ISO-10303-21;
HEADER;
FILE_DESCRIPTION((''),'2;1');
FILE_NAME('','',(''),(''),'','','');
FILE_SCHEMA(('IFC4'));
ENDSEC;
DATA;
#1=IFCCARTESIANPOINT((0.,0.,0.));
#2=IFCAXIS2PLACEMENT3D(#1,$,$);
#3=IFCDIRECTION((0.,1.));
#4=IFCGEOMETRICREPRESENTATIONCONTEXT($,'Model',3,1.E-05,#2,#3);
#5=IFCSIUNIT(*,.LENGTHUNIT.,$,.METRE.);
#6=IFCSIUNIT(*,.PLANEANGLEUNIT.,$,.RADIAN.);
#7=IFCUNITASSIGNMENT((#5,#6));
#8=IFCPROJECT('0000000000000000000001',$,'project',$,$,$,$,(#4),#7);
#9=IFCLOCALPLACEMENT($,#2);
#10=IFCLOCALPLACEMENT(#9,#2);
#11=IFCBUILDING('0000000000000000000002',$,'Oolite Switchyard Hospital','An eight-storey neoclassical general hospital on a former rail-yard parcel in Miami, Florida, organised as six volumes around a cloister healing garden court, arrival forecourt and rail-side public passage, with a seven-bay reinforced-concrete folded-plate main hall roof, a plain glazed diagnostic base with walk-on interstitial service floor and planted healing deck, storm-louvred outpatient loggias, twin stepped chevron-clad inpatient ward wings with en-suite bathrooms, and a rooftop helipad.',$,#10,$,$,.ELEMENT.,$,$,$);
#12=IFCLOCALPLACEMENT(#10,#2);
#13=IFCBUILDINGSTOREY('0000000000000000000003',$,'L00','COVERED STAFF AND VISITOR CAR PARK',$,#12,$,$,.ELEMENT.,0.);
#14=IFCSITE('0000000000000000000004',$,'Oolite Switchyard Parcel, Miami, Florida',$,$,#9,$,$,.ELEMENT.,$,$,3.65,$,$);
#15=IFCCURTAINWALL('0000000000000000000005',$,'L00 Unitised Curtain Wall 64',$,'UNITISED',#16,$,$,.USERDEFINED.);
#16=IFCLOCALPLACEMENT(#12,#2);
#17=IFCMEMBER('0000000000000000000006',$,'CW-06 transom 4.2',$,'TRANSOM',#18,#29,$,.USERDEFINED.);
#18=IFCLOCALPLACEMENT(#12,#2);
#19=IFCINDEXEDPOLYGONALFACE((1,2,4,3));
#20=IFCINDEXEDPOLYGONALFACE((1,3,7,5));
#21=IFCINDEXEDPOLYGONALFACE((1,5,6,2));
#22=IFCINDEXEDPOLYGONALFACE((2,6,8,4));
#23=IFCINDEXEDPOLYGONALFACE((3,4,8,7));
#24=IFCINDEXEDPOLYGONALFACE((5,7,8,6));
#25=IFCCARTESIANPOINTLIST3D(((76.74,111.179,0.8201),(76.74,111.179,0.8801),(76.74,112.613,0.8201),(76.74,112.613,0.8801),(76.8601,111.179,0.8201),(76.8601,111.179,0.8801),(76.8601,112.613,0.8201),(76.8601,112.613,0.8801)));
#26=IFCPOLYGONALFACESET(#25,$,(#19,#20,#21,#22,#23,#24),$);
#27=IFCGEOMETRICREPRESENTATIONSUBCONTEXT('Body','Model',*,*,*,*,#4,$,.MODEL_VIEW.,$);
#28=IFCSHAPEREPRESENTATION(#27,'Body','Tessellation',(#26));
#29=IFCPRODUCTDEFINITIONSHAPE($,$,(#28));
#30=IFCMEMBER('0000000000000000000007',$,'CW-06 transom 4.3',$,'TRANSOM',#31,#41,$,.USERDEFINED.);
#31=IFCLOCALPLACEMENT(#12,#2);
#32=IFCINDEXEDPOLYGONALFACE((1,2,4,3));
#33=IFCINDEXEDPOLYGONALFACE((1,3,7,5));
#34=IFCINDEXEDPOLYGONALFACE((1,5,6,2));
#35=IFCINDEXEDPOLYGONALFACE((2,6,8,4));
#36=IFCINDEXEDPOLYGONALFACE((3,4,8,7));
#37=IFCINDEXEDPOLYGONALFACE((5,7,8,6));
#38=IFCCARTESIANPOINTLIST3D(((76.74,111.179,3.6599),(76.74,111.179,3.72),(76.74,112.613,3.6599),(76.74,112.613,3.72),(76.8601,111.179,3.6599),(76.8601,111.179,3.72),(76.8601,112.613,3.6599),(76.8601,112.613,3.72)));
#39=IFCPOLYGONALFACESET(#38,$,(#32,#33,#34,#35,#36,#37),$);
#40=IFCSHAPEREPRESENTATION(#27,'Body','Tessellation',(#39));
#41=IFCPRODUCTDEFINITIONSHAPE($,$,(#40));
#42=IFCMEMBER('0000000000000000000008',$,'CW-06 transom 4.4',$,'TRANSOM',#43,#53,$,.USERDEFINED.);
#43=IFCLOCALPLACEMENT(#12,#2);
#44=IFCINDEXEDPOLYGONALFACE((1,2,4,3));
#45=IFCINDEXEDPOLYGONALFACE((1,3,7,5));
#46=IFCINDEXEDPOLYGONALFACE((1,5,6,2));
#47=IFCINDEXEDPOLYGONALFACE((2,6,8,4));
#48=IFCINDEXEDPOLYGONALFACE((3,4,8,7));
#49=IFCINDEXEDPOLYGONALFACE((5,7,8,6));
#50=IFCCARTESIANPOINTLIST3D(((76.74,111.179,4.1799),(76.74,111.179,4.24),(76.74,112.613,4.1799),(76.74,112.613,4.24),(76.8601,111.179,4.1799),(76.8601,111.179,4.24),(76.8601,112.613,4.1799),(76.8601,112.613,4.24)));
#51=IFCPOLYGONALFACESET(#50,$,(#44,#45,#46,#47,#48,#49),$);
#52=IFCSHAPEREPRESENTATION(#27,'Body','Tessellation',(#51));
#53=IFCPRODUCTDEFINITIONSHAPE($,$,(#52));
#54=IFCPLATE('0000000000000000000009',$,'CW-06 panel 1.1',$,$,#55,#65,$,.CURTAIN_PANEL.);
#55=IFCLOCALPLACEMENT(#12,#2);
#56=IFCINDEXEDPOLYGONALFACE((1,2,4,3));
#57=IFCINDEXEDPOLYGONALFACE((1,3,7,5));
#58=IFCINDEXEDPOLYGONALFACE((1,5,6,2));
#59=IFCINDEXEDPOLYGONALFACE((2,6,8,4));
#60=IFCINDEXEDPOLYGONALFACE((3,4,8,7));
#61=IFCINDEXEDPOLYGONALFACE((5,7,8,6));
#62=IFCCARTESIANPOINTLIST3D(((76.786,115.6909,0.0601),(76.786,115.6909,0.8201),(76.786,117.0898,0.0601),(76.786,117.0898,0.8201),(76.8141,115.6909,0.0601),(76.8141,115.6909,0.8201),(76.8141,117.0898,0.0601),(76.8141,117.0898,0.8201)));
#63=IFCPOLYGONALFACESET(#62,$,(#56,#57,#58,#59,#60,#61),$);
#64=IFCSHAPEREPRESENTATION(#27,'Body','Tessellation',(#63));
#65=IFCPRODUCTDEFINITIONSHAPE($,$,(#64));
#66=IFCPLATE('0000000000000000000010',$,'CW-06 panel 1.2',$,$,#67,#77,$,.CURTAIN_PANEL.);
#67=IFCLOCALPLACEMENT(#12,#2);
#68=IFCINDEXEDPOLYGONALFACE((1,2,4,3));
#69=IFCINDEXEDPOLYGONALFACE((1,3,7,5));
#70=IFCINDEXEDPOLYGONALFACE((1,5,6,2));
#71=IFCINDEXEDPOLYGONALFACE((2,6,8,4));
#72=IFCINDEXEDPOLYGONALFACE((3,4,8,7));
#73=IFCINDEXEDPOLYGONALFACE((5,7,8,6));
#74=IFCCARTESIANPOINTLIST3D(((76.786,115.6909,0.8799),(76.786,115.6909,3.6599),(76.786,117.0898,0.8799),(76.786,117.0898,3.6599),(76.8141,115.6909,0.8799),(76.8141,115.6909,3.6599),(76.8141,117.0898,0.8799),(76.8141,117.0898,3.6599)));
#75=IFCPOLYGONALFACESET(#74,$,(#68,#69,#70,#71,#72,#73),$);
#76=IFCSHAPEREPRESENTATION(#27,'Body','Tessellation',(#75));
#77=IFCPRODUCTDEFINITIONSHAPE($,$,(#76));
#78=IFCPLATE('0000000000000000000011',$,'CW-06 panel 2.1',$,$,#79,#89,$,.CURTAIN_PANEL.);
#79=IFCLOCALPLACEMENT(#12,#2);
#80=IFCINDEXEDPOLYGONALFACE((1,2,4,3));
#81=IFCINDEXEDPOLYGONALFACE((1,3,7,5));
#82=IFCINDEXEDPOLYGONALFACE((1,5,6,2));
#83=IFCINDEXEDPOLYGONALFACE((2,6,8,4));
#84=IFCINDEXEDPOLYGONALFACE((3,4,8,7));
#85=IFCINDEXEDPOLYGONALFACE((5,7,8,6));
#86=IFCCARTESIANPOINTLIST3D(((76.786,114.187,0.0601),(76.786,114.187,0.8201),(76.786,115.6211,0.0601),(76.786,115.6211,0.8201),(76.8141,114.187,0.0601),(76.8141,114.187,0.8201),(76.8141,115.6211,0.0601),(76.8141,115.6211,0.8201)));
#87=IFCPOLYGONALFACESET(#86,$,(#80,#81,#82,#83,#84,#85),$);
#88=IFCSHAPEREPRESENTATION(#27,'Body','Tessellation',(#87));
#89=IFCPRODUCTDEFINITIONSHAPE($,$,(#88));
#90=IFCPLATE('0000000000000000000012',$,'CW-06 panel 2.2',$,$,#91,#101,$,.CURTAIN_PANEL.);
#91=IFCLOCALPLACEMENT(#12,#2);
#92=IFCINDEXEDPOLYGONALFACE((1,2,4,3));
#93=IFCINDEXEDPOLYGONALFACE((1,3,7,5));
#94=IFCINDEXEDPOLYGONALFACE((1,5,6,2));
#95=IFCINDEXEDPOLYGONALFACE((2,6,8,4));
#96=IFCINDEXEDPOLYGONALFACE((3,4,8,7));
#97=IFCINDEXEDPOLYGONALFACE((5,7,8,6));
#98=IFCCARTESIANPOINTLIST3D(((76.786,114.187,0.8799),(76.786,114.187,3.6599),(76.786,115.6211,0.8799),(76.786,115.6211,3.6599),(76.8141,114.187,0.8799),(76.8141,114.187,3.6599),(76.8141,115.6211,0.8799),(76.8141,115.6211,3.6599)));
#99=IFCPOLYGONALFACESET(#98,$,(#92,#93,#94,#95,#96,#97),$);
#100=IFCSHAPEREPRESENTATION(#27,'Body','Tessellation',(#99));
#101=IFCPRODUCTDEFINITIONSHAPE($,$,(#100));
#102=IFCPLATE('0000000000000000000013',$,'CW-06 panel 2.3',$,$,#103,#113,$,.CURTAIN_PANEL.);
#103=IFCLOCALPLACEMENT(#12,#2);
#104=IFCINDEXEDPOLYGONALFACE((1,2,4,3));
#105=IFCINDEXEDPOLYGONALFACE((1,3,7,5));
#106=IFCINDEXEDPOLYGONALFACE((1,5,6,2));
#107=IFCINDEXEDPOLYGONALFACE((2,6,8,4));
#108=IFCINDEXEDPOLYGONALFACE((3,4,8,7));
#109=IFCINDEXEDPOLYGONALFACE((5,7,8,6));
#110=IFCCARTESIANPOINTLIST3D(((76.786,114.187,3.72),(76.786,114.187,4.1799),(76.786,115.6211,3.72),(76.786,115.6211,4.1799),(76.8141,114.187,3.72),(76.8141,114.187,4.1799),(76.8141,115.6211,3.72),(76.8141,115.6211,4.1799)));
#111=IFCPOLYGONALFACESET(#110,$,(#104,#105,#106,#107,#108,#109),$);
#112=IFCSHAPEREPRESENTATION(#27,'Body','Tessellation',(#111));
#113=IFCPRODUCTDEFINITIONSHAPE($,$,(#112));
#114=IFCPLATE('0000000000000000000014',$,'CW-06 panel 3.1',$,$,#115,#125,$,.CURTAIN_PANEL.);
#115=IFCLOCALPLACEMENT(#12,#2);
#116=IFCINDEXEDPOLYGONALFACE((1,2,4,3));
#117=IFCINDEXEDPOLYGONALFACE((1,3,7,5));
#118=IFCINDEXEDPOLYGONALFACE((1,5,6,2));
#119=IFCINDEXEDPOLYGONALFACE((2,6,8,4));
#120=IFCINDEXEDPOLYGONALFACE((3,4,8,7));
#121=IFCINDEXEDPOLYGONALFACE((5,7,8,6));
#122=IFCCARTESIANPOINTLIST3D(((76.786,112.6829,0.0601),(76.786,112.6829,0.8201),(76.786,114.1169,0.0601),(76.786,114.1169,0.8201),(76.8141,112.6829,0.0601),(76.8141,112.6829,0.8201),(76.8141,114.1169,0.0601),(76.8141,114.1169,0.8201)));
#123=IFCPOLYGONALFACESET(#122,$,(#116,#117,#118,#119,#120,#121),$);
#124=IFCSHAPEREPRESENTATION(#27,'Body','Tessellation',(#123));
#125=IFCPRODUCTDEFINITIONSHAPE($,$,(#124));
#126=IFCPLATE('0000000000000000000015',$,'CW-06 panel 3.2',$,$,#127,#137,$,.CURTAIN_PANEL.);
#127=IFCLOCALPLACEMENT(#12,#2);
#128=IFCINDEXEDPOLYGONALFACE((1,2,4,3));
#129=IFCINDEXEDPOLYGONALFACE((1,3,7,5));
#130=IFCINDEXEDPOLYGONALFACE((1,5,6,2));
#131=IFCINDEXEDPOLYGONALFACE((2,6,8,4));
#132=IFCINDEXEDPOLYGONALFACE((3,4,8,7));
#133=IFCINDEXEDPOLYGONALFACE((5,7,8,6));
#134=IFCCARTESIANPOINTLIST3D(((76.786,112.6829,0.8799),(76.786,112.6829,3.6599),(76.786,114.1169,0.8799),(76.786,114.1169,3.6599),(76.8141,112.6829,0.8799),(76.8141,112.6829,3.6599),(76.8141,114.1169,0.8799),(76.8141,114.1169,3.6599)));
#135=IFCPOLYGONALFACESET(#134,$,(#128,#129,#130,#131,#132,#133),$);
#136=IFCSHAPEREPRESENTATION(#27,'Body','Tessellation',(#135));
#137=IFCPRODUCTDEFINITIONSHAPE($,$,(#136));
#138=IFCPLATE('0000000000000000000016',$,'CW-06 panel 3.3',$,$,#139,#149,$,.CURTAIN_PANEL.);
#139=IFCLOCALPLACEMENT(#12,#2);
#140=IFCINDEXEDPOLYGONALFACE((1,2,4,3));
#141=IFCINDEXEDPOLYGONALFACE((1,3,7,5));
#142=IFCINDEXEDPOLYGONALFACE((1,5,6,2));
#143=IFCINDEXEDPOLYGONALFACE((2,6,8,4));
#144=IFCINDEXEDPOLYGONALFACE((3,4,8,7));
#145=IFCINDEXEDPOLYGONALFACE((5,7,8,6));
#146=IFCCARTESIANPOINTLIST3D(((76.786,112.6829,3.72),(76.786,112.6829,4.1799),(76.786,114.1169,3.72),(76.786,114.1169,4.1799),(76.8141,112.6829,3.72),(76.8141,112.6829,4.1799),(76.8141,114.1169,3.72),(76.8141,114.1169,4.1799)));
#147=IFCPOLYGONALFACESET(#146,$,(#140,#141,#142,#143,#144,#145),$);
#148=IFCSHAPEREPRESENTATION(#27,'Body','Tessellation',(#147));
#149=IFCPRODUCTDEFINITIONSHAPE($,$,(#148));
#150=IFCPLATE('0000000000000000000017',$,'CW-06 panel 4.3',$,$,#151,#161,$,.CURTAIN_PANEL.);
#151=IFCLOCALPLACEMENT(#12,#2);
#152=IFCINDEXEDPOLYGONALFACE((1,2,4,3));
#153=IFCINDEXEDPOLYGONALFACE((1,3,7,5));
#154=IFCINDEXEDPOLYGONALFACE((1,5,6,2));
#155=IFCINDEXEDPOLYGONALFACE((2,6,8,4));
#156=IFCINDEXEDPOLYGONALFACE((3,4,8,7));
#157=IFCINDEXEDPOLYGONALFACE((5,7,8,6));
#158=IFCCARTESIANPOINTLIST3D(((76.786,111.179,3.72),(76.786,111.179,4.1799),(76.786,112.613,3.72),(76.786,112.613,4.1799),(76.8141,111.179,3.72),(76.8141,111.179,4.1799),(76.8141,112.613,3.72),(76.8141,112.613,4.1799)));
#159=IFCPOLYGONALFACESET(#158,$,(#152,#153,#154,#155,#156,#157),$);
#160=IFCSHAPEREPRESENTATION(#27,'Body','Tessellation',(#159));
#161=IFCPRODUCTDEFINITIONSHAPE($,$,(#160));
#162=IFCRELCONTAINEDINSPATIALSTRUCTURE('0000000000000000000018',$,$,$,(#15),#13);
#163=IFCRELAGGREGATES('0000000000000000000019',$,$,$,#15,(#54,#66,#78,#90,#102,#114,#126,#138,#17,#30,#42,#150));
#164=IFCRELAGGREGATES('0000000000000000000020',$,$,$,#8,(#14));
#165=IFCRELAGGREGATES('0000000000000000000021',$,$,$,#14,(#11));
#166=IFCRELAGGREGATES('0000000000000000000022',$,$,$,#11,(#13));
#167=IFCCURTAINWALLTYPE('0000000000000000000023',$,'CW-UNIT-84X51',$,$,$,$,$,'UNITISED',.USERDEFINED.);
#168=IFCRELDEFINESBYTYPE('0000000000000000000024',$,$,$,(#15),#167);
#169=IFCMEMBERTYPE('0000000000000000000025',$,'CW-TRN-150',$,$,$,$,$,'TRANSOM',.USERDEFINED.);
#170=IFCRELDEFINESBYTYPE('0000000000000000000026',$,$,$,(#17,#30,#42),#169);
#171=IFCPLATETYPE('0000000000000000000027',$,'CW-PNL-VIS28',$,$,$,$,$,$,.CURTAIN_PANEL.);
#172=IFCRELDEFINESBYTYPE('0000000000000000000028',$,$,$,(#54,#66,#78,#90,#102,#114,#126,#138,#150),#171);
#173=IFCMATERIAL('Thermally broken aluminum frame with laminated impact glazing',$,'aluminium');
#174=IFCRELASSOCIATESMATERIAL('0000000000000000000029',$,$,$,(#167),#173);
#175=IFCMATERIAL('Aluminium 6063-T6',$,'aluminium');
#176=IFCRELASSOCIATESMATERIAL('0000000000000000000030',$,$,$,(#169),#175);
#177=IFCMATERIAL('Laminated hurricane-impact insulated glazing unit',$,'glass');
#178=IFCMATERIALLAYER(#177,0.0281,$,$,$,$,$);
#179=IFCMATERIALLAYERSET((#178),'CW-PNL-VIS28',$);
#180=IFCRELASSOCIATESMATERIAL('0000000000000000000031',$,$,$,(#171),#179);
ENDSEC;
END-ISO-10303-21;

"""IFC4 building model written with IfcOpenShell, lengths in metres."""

from ifc_helpers import new_model, si_unit, direction, frame, origin, origin_2d, place, context, subcontext, project, spatial, rectangle, extrude, material, layer, layer_set, material_profile, profile_set, type_object, element, aggregate, save


model = new_model("IFC4")

# Units and contexts
model_context = context("Model", 3, precision=1e-05, world=origin(), true_north=direction((0.0, 1.0)))
body_context = subcontext(model_context, "Body", "Model", "MODEL_VIEW")
ifc_project = project(units=[si_unit("LENGTHUNIT", "METRE"), si_unit("PLANEANGLEUNIT", "RADIAN")], contexts=[model_context])

# Site, building, storey
site_placement = place(None, origin())
site = spatial("IfcSite", under=ifc_project, at=site_placement, Name="Oolite Switchyard Parcel, Miami, Florida", CompositionType="ELEMENT", RefElevation=3.65)
building_placement = place(site_placement, origin())
building = spatial("IfcBuilding", under=site, at=building_placement, Name="Oolite Switchyard Hospital", Description="An eight-storey neoclassical general hospital on a former rail-yard parcel in Miami, Florida, organised as six volumes around a cloister healing garden court, arrival forecourt and rail-side public passage, with a seven-bay reinforced-concrete folded-plate main hall roof, a plain glazed diagnostic base with walk-on interstitial service floor and planted healing deck, storm-louvred outpatient loggias, twin stepped chevron-clad inpatient ward wings with en-suite bathrooms, and a rooftop helipad.", CompositionType="ELEMENT")
storey_placement = place(building_placement, origin())
storey = spatial("IfcBuildingStorey", under=building, at=storey_placement, Name="L00", Description="COVERED STAFF AND VISITOR CAR PARK", CompositionType="ELEMENT", Elevation=0.0)

# Curtain wall, members, plates
ifc_material_1 = material(Name="Thermally broken aluminum frame with laminated impact glazing", Category="aluminium")
curtain_wall_type = type_object("IfcCurtainWallType", Name="CW-UNIT-84X51", ElementType="UNITISED", PredefinedType="USERDEFINED", material=ifc_material_1)
curtain_wall_placement = place(storey_placement, origin())
curtain_wall = element("IfcCurtainWall", 1, at=curtain_wall_placement, inside=storey, type_object=curtain_wall_type, Name="L00 Unitised Curtain Wall 64", ObjectType="UNITISED", PredefinedType="USERDEFINED")
ifc_material_2 = material(Name="Aluminium 6063-T6", Category="aluminium")
ifc_material_profile_1 = material_profile(ifc_material_2, rectangle(XDim=0.1201, YDim=0.0601, at=origin_2d()), Name="CWT60X120")
ifc_profile_set_1 = profile_set([ifc_material_profile_1], Name="Aluminium 6063-T6")
member_type_1 = type_object("IfcMemberType", Name="CW-TRN-150", ElementType="TRANSOM", PredefinedType="USERDEFINED", material=ifc_profile_set_1)
member_1_placement = place(storey_placement, frame((76.8, 112.613, 0.8501), z_axis=(0.0, -1.0, 0.0), x_axis=(1.0, 0.0, 0.0)))
member_1 = element("IfcMember", 2, at=member_1_placement, type_object=member_type_1, Name="CW-06 transom 4.2", ObjectType="TRANSOM", PredefinedType="USERDEFINED", context=body_context, shape_type="SweptSolid", body=[
    extrude(rectangle(XDim=0.1201, YDim=0.0601, at=origin_2d()), origin(), (0.0, 0.0, 1.0), 1.4341),
])
member_2_placement = place(storey_placement, frame((76.8, 112.613, 3.6899), z_axis=(0.0, -1.0, 0.0), x_axis=(1.0, 0.0, 0.0)))
member_2 = element("IfcMember", 3, at=member_2_placement, type_object=member_type_1, Name="CW-06 transom 4.3", ObjectType="TRANSOM", PredefinedType="USERDEFINED", context=body_context, shape_type="SweptSolid", body=[
    extrude(rectangle(XDim=0.1201, YDim=0.0601, at=origin_2d()), origin(), (0.0, 0.0, 1.0), 1.4341),
])
member_3_placement = place(storey_placement, frame((76.8, 112.613, 4.21), z_axis=(0.0, -1.0, 0.0), x_axis=(1.0, 0.0, 0.0)))
member_3 = element("IfcMember", 4, at=member_3_placement, type_object=member_type_1, Name="CW-06 transom 4.4", ObjectType="TRANSOM", PredefinedType="USERDEFINED", context=body_context, shape_type="SweptSolid", body=[
    extrude(rectangle(XDim=0.1201, YDim=0.0601, at=origin_2d()), origin(), (0.0, 0.0, 1.0), 1.4341),
])
ifc_material_3 = material(Name="Laminated hurricane-impact insulated glazing unit", Category="glass")
ifc_layer = layer(ifc_material_3, 0.0281)
ifc_layer_set = layer_set([ifc_layer], Name="CW-PNL-VIS28")
plate_type = type_object("IfcPlateType", Name="CW-PNL-VIS28", PredefinedType="CURTAIN_PANEL", material=ifc_layer_set)
plate_1_placement = place(storey_placement, frame((76.8, 116.3904, 0.0601), z_axis=(0.0, 0.0, 1.0), x_axis=(0.0, -1.0, 0.0)))
plate_1 = element("IfcPlate", 5, at=plate_1_placement, type_object=plate_type, Name="CW-06 panel 1.1", PredefinedType="CURTAIN_PANEL", context=body_context, shape_type="SweptSolid", body=[
    extrude(rectangle(XDim=1.3989, YDim=0.0281, at=origin_2d()), origin(), (0.0, 0.0, 1.0), 0.76),
])
plate_2_placement = place(storey_placement, frame((76.8, 116.3904, 0.8799), z_axis=(0.0, 0.0, 1.0), x_axis=(0.0, -1.0, 0.0)))
plate_2 = element("IfcPlate", 6, at=plate_2_placement, type_object=plate_type, Name="CW-06 panel 1.2", PredefinedType="CURTAIN_PANEL", context=body_context, shape_type="SweptSolid", body=[
    extrude(rectangle(XDim=1.3989, YDim=0.0281, at=origin_2d()), origin(), (0.0, 0.0, 1.0), 2.78),
])
plate_3_placement = place(storey_placement, frame((76.8, 114.9041, 0.0601), z_axis=(0.0, 0.0, 1.0), x_axis=(0.0, -1.0, 0.0)))
plate_3 = element("IfcPlate", 7, at=plate_3_placement, type_object=plate_type, Name="CW-06 panel 2.1", PredefinedType="CURTAIN_PANEL", context=body_context, shape_type="SweptSolid", body=[
    extrude(rectangle(XDim=1.4341, YDim=0.0281, at=origin_2d()), origin(), (0.0, 0.0, 1.0), 0.76),
])
plate_4_placement = place(storey_placement, frame((76.8, 114.9041, 0.8799), z_axis=(0.0, 0.0, 1.0), x_axis=(0.0, -1.0, 0.0)))
plate_4 = element("IfcPlate", 8, at=plate_4_placement, type_object=plate_type, Name="CW-06 panel 2.2", PredefinedType="CURTAIN_PANEL", context=body_context, shape_type="SweptSolid", body=[
    extrude(rectangle(XDim=1.4341, YDim=0.0281, at=origin_2d()), origin(), (0.0, 0.0, 1.0), 2.78),
])
plate_5_placement = place(storey_placement, frame((76.8, 114.9041, 3.72), z_axis=(0.0, 0.0, 1.0), x_axis=(0.0, -1.0, 0.0)))
plate_5 = element("IfcPlate", 9, at=plate_5_placement, type_object=plate_type, Name="CW-06 panel 2.3", PredefinedType="CURTAIN_PANEL", context=body_context, shape_type="SweptSolid", body=[
    extrude(rectangle(XDim=1.4341, YDim=0.0281, at=origin_2d()), origin(), (0.0, 0.0, 1.0), 0.46),
])
plate_6_placement = place(storey_placement, frame((76.8, 113.3999, 0.0601), z_axis=(0.0, 0.0, 1.0), x_axis=(0.0, -1.0, 0.0)))
plate_6 = element("IfcPlate", 10, at=plate_6_placement, type_object=plate_type, Name="CW-06 panel 3.1", PredefinedType="CURTAIN_PANEL", context=body_context, shape_type="SweptSolid", body=[
    extrude(rectangle(XDim=1.4341, YDim=0.0281, at=origin_2d()), origin(), (0.0, 0.0, 1.0), 0.76),
])
plate_7_placement = place(storey_placement, frame((76.8, 113.3999, 0.8799), z_axis=(0.0, 0.0, 1.0), x_axis=(0.0, -1.0, 0.0)))
plate_7 = element("IfcPlate", 11, at=plate_7_placement, type_object=plate_type, Name="CW-06 panel 3.2", PredefinedType="CURTAIN_PANEL", context=body_context, shape_type="SweptSolid", body=[
    extrude(rectangle(XDim=1.4341, YDim=0.0281, at=origin_2d()), origin(), (0.0, 0.0, 1.0), 2.78),
])
plate_8_placement = place(storey_placement, frame((76.8, 113.3999, 3.72), z_axis=(0.0, 0.0, 1.0), x_axis=(0.0, -1.0, 0.0)))
plate_8 = element("IfcPlate", 12, at=plate_8_placement, type_object=plate_type, Name="CW-06 panel 3.3", PredefinedType="CURTAIN_PANEL", context=body_context, shape_type="SweptSolid", body=[
    extrude(rectangle(XDim=1.4341, YDim=0.0281, at=origin_2d()), origin(), (0.0, 0.0, 1.0), 0.46),
])
plate_9_placement = place(storey_placement, frame((76.8, 111.896, 3.72), z_axis=(0.0, 0.0, 1.0), x_axis=(0.0, -1.0, 0.0)))
plate_9 = element("IfcPlate", 13, at=plate_9_placement, type_object=plate_type, Name="CW-06 panel 4.3", PredefinedType="CURTAIN_PANEL", context=body_context, shape_type="SweptSolid", body=[
    extrude(rectangle(XDim=1.4341, YDim=0.0281, at=origin_2d()), origin(), (0.0, 0.0, 1.0), 0.46),
])
aggregate(curtain_wall, [plate_1, plate_2, plate_3, plate_4, plate_5, plate_6, plate_7, plate_8, member_1, member_2, member_3, plate_9])

save(model, "model.ifc")
